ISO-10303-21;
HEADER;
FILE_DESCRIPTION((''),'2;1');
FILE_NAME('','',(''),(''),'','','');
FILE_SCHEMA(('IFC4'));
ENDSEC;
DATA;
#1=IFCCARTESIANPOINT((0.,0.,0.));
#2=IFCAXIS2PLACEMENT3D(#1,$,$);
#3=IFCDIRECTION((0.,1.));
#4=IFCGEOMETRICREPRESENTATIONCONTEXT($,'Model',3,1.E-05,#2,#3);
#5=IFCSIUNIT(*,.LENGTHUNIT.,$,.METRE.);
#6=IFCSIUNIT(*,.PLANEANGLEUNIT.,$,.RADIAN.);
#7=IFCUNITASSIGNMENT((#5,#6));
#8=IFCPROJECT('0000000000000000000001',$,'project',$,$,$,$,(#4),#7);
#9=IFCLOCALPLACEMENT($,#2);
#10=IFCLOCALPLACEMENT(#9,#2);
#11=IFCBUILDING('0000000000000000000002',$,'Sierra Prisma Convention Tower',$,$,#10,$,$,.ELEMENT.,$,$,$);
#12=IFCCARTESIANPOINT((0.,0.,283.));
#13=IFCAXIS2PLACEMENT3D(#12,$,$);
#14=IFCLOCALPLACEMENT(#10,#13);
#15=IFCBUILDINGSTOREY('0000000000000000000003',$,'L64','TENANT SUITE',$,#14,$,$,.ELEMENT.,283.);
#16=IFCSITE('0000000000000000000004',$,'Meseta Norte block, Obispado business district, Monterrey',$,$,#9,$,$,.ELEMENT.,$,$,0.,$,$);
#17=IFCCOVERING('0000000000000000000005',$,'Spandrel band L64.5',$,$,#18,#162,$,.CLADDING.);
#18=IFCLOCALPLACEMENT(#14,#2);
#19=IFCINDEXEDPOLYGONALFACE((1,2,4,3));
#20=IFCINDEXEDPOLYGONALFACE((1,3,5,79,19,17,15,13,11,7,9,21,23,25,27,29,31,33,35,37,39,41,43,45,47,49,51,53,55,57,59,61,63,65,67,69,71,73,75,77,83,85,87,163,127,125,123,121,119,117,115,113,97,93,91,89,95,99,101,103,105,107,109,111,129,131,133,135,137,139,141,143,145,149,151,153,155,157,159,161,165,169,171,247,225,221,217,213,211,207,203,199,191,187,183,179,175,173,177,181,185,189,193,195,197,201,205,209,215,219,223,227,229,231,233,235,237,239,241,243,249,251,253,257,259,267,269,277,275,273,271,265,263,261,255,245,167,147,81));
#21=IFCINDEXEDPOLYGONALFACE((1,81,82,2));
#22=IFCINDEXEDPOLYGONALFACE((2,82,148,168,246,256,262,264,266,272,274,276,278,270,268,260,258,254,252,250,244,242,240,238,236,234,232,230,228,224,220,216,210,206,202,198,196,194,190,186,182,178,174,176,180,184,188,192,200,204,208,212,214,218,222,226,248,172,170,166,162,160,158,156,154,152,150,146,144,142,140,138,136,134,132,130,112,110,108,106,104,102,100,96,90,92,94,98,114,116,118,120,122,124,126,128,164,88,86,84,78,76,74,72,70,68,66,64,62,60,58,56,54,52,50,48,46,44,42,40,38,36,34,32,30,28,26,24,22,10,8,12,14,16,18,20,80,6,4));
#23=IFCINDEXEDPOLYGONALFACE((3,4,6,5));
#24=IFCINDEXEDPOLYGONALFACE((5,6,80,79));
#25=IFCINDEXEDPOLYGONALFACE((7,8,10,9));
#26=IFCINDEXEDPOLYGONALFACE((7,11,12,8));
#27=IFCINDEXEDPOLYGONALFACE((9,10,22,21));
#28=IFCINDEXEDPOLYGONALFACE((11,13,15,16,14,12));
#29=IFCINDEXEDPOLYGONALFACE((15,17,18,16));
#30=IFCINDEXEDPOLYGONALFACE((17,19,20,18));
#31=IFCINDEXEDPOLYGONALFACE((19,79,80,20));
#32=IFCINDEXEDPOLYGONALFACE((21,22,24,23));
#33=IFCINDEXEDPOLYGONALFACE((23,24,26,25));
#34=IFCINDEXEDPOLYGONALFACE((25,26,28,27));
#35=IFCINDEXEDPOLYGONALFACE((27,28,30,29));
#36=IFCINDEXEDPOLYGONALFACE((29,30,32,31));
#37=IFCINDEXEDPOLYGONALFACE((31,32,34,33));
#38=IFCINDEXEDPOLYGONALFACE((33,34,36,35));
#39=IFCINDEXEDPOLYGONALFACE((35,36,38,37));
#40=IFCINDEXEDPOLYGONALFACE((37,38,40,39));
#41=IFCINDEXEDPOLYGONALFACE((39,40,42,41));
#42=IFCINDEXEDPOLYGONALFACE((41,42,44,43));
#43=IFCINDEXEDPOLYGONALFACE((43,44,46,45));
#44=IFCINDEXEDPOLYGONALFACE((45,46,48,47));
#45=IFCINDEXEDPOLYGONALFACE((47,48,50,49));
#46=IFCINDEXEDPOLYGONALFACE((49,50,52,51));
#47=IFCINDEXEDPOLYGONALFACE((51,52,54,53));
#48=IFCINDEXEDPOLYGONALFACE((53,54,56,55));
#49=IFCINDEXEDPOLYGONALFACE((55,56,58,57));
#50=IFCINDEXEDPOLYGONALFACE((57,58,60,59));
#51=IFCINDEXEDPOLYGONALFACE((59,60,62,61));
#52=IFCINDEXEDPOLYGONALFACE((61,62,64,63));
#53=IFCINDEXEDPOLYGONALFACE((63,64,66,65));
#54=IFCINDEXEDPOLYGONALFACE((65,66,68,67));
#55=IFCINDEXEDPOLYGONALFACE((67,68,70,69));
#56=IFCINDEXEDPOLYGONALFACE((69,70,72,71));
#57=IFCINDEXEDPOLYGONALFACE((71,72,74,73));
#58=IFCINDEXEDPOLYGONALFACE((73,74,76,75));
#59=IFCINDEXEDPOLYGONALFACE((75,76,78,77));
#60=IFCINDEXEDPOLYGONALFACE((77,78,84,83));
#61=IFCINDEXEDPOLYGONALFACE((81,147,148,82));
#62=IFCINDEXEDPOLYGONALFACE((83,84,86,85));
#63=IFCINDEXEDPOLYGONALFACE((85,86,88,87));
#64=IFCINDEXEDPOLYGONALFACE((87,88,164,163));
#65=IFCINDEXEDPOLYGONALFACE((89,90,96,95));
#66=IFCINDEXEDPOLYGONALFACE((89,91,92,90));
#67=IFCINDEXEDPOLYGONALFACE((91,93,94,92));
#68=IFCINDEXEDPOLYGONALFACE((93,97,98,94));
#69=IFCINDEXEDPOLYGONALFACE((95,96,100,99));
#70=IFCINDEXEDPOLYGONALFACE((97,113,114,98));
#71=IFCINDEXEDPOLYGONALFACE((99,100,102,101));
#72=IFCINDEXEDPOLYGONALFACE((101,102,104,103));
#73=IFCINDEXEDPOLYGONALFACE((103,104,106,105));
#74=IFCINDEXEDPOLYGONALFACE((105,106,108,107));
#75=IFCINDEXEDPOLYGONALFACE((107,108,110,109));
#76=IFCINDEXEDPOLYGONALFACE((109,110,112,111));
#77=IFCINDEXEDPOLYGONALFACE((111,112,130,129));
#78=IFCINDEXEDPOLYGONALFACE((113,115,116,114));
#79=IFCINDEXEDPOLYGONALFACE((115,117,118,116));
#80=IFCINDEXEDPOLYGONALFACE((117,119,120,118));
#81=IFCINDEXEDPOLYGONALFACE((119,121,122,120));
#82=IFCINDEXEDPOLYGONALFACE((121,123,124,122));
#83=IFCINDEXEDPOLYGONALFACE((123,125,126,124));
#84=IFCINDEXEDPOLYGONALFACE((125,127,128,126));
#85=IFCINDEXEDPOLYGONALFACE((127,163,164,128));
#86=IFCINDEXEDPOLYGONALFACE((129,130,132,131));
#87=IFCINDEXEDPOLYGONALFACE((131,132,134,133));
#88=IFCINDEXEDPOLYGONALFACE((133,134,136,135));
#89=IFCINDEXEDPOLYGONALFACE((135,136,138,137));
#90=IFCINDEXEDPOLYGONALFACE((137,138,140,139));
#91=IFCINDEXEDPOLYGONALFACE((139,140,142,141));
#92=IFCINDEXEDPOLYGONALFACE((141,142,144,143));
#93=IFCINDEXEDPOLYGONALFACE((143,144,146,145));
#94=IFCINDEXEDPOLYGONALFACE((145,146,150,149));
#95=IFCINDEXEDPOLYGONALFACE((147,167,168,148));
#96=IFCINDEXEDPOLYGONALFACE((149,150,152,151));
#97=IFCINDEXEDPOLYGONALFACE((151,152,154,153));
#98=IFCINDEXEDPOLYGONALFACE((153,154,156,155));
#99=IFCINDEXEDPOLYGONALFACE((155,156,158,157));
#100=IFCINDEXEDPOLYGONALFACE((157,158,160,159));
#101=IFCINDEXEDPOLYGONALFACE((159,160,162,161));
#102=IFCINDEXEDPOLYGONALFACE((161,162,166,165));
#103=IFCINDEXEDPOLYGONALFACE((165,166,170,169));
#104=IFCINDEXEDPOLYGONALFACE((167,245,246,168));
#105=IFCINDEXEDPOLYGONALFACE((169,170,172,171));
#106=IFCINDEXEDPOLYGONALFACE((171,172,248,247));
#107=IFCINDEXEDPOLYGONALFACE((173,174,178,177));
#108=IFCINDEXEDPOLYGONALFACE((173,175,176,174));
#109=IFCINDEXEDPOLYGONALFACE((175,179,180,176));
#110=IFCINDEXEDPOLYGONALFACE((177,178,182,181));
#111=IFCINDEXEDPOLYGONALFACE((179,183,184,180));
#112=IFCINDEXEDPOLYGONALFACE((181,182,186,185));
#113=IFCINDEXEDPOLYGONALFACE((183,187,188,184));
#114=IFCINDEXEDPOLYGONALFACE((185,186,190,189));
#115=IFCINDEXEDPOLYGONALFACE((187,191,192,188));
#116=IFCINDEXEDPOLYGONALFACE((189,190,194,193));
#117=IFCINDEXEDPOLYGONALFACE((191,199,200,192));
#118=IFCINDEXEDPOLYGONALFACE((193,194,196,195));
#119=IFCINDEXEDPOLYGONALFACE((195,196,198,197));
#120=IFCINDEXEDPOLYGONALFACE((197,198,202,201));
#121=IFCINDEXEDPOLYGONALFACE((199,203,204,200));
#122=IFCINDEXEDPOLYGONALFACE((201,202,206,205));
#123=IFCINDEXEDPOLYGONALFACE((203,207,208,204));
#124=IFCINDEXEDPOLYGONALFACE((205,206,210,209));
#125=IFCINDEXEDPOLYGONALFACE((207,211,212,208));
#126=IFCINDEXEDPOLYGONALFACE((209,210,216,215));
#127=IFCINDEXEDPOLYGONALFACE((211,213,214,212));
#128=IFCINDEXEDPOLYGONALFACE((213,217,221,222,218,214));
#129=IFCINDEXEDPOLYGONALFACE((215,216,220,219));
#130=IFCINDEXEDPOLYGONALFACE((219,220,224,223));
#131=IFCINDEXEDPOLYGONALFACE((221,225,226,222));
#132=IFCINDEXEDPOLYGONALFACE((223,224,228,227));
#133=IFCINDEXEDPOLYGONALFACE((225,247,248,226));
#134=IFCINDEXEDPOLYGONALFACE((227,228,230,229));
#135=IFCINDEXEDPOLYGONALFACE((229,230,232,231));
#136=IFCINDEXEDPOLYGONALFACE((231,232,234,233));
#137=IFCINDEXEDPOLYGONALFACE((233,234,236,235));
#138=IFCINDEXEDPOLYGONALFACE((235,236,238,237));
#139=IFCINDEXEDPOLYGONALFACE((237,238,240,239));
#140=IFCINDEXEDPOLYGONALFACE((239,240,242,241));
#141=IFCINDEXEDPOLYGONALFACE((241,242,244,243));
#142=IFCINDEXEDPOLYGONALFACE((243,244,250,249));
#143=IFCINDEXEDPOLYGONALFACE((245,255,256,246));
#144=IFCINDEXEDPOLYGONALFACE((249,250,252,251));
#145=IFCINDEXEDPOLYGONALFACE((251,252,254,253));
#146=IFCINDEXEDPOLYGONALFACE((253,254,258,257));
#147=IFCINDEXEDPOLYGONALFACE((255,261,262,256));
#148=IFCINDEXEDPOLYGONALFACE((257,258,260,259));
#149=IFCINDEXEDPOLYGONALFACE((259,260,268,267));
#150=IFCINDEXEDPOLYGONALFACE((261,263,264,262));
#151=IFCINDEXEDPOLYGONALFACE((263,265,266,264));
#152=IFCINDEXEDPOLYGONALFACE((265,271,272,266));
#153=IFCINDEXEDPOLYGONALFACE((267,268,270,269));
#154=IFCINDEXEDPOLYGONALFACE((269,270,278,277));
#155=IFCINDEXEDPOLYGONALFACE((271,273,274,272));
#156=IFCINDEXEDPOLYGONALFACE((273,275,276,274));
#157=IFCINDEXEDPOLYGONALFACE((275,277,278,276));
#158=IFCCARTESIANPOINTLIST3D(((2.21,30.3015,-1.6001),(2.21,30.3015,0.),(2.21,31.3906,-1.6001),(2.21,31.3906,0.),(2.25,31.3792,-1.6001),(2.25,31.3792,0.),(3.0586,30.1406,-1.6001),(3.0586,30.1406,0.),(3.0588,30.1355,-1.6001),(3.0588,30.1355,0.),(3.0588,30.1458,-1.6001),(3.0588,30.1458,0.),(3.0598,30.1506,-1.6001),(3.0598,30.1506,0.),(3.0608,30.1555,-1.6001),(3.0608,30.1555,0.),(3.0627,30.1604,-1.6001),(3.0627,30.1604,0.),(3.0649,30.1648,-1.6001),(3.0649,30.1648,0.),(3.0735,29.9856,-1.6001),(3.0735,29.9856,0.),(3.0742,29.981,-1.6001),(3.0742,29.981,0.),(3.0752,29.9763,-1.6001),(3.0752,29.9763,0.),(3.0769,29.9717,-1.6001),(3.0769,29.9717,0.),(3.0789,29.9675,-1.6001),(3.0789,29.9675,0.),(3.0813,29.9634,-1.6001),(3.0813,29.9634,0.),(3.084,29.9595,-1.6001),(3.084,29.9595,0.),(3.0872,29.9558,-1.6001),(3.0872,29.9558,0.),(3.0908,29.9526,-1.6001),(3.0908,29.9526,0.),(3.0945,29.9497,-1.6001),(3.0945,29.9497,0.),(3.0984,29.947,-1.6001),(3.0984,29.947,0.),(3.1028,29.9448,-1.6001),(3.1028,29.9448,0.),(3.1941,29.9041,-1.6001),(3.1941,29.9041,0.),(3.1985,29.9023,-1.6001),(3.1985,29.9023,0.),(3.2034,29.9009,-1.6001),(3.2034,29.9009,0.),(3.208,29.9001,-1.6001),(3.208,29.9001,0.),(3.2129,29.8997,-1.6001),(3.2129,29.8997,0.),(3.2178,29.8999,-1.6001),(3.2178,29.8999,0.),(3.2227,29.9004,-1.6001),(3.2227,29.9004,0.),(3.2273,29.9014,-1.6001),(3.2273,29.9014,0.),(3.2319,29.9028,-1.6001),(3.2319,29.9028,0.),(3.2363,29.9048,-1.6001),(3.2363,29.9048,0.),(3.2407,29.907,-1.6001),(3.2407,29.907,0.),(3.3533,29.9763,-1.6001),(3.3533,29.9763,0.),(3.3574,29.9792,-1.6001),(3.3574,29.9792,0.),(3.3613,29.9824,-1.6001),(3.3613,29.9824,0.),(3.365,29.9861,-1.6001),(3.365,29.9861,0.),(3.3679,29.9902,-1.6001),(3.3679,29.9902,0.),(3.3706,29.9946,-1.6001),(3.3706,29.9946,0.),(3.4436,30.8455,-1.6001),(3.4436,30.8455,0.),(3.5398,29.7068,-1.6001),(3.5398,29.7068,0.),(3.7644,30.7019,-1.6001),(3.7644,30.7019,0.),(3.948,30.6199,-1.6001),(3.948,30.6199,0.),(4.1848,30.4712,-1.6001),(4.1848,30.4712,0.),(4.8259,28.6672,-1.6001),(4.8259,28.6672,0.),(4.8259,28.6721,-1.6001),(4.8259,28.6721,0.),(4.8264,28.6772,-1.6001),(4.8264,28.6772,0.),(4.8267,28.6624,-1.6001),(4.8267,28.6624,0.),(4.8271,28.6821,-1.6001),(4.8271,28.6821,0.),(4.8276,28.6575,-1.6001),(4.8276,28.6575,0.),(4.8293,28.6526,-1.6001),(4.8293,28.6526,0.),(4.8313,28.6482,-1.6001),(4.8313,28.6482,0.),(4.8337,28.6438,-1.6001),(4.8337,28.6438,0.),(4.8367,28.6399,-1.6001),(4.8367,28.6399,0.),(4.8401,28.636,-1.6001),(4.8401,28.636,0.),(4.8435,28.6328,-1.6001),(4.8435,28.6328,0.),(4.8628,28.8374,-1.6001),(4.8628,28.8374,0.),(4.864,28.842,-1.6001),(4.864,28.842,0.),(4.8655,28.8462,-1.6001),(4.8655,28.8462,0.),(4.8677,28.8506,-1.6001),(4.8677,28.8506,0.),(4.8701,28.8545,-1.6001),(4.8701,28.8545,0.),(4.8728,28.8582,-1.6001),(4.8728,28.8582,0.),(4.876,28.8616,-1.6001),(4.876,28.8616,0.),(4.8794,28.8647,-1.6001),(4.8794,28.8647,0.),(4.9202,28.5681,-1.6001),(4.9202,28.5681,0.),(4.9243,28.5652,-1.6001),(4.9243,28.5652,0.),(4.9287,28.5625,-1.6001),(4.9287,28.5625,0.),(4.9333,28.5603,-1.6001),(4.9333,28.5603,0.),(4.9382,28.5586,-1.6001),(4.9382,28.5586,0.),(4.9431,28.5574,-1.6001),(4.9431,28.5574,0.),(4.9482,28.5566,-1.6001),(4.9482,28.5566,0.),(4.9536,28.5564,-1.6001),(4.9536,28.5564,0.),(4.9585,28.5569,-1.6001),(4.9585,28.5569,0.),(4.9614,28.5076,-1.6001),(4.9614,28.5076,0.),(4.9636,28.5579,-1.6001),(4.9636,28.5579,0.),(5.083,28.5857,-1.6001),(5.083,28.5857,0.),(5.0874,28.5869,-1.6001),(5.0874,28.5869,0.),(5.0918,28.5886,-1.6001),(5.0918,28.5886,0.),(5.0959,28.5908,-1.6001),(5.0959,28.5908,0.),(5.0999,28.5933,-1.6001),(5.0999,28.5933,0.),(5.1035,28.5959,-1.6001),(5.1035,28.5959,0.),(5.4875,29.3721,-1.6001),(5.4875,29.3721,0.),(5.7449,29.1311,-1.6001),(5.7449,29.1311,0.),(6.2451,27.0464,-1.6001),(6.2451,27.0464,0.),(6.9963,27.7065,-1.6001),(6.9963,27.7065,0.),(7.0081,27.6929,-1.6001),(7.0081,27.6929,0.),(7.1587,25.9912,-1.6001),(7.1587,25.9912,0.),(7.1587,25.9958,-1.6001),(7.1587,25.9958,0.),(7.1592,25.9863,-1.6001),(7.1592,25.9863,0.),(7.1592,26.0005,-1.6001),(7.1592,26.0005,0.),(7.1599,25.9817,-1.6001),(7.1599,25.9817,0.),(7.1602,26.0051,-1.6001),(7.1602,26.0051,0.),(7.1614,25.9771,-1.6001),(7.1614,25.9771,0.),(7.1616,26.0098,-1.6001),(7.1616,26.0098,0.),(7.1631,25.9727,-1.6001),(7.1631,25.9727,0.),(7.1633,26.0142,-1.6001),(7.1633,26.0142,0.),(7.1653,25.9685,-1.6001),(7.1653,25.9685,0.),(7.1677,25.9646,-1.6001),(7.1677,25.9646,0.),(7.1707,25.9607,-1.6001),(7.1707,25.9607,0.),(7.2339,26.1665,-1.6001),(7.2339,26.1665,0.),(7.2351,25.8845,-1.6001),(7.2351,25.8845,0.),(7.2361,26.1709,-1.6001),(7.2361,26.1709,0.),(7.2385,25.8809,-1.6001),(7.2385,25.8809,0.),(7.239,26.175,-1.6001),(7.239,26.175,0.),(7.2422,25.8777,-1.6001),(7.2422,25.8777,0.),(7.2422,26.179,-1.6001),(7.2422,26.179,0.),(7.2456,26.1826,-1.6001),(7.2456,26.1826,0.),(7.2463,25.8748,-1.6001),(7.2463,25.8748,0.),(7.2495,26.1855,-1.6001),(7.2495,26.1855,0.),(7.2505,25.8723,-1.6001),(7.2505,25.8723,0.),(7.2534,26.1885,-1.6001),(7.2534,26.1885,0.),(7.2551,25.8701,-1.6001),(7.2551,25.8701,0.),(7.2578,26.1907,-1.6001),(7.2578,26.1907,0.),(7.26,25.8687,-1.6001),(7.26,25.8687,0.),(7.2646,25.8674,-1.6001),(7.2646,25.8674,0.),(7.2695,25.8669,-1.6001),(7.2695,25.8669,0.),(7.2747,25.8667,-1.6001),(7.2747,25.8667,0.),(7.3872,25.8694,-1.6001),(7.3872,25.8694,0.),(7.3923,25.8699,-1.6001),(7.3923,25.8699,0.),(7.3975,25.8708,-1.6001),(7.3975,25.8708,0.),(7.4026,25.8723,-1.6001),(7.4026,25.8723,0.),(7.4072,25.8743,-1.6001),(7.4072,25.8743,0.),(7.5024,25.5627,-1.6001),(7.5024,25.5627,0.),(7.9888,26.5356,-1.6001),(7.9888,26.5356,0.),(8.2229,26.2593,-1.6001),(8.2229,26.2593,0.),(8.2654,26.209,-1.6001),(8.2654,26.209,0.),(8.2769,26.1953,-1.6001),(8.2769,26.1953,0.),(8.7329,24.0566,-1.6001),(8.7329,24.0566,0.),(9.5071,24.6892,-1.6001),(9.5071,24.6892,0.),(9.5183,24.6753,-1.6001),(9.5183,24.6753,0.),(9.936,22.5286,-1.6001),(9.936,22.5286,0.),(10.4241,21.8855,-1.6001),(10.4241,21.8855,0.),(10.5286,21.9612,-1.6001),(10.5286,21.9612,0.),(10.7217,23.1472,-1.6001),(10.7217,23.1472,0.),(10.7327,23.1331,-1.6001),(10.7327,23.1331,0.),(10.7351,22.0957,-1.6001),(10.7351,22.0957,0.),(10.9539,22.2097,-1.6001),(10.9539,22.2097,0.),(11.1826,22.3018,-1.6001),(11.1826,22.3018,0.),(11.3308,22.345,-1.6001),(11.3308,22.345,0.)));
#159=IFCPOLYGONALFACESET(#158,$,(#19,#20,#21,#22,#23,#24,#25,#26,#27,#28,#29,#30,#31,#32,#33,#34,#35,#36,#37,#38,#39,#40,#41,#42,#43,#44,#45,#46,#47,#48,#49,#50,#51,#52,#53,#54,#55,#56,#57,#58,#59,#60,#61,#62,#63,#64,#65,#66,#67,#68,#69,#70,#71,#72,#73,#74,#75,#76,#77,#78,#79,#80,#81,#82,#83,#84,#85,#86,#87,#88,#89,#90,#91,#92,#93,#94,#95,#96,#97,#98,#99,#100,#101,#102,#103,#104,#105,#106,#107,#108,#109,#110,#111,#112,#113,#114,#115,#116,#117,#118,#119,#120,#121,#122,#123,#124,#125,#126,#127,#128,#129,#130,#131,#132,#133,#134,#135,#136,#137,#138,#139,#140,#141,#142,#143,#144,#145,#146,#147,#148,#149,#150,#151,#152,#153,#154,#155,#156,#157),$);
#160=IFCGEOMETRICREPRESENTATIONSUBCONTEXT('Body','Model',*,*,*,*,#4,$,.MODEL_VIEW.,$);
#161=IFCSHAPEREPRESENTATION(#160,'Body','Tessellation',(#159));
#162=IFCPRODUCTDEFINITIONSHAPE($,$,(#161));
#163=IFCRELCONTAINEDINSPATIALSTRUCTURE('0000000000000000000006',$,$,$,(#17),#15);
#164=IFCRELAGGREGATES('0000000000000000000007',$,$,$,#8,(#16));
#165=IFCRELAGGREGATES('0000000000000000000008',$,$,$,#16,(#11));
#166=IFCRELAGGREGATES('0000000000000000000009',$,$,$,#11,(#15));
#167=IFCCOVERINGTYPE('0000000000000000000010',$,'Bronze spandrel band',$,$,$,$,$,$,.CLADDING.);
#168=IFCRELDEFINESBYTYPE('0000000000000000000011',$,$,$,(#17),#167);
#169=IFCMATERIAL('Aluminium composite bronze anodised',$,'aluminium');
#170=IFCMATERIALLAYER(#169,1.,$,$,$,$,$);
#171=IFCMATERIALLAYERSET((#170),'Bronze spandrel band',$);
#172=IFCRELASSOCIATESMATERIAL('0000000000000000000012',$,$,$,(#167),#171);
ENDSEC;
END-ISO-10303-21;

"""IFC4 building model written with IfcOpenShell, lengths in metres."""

from ifc_helpers import new_model, si_unit, direction, frame, origin, place, context, subcontext, project, spatial, polyline, outline, extrude, material, layer, layer_set, type_object, element, save


model = new_model("IFC4")

# Units and contexts
model_context = context("Model", 3, precision=1e-05, world=origin(), true_north=direction((0.0, 1.0)))
body_context = subcontext(model_context, "Body", "Model", "MODEL_VIEW")
ifc_project = project(units=[si_unit("LENGTHUNIT", "METRE"), si_unit("PLANEANGLEUNIT", "RADIAN")], contexts=[model_context])

# Site, building, storey
site_placement = place(None, origin())
site = spatial("IfcSite", under=ifc_project, at=site_placement, Name="Meseta Norte block, Obispado business district, Monterrey", CompositionType="ELEMENT", RefElevation=0.0)
building_placement = place(site_placement, origin())
building = spatial("IfcBuilding", under=site, at=building_placement, Name="Sierra Prisma Convention Tower", CompositionType="ELEMENT")
storey_placement = place(building_placement, frame((0.0, 0.0, 283.0)))
storey = spatial("IfcBuildingStorey", under=building, at=storey_placement, Name="L64", Description="TENANT SUITE", CompositionType="ELEMENT", Elevation=283.0)

# Covering
ifc_material_1 = material(Name="Aluminium composite bronze anodised", Category="aluminium")
ifc_layer_1 = layer(ifc_material_1, 1.0)
ifc_layer_set_1 = layer_set([ifc_layer_1], Name="Bronze spandrel band")
covering_type_1 = type_object("IfcCoveringType", Name="Bronze spandrel band", PredefinedType="CLADDING", material=ifc_layer_set_1)
covering_1_placement = place(storey_placement, frame((0.0, 0.0, -1.6001)))
element("IfcCovering", 1, at=covering_1_placement, inside=storey, type_object=covering_type_1, Name="Spandrel band L64.5", PredefinedType="CLADDING", context=body_context, shape_type="SweptSolid", body=[
    extrude(outline(polyline([(3.0649, 30.1648), (3.0627, 30.1604), (3.0608, 30.1555), (3.0598, 30.1506), (3.0588, 30.1458), (3.0586, 30.1406), (3.0588, 30.1355), (3.0735, 29.9856), (3.0742, 29.981), (3.0752, 29.9763), (3.0769, 29.9717), (3.0789, 29.9675), (3.0813, 29.9634), (3.084, 29.9595), (3.0872, 29.9558), (3.0908, 29.9526), (3.0945, 29.9497), (3.0984, 29.947), (3.1028, 29.9448), (3.1941, 29.9041), (3.1985, 29.9023), (3.2034, 29.9009), (3.208, 29.9001), (3.2129, 29.8997), (3.2178, 29.8999), (3.2227, 29.9004), (3.2273, 29.9014), (3.2319, 29.9028), (3.2363, 29.9048), (3.2407, 29.907), (3.3533, 29.9763), (3.3574, 29.9792), (3.3613, 29.9824), (3.365, 29.9861), (3.3679, 29.9902), (3.3706, 29.9946), (3.7644, 30.7019), (3.948, 30.6199), (4.1848, 30.4712), (5.4875, 29.3721), (4.8794, 28.8647), (4.876, 28.8616), (4.8728, 28.8582), (4.8701, 28.8545), (4.8677, 28.8506), (4.8655, 28.8462), (4.864, 28.842), (4.8628, 28.8374), (4.8271, 28.6821), (4.8264, 28.6772), (4.8259, 28.6721), (4.8259, 28.6672), (4.8267, 28.6624), (4.8276, 28.6575), (4.8293, 28.6526), (4.8313, 28.6482), (4.8337, 28.6438), (4.8367, 28.6399), (4.8401, 28.636), (4.8435, 28.6328), (4.9202, 28.5681), (4.9243, 28.5652), (4.9287, 28.5625), (4.9333, 28.5603), (4.9382, 28.5586), (4.9431, 28.5574), (4.9482, 28.5566), (4.9536, 28.5564), (4.9585, 28.5569), (4.9636, 28.5579), (5.083, 28.5857), (5.0874, 28.5869), (5.0918, 28.5886), (5.0959, 28.5908), (5.0999, 28.5933), (5.1035, 28.5959), (5.7449, 29.1311), (6.9963, 27.7065), (7.0081, 27.6929), (7.9888, 26.5356), (7.2578, 26.1907), (7.2534, 26.1885), (7.2495, 26.1855), (7.2456, 26.1826), (7.2422, 26.179), (7.239, 26.175), (7.2361, 26.1709), (7.2339, 26.1665), (7.1633, 26.0142), (7.1616, 26.0098), (7.1602, 26.0051), (7.1592, 26.0005), (7.1587, 25.9958), (7.1587, 25.9912), (7.1592, 25.9863), (7.1599, 25.9817), (7.1614, 25.9771), (7.1631, 25.9727), (7.1653, 25.9685), (7.1677, 25.9646), (7.1707, 25.9607), (7.2351, 25.8845), (7.2385, 25.8809), (7.2422, 25.8777), (7.2463, 25.8748), (7.2505, 25.8723), (7.2551, 25.8701), (7.26, 25.8687), (7.2646, 25.8674), (7.2695, 25.8669), (7.2747, 25.8667), (7.3872, 25.8694), (7.3923, 25.8699), (7.3975, 25.8708), (7.4026, 25.8723), (7.4072, 25.8743), (8.2229, 26.2593), (8.2654, 26.209), (8.2769, 26.1953), (9.5071, 24.6892), (9.5183, 24.6753), (10.7217, 23.1472), (10.7327, 23.1331), (11.3308, 22.345), (11.1826, 22.3018), (10.9539, 22.2097), (10.7351, 22.0957), (10.5286, 21.9612), (10.4241, 21.8855), (9.936, 22.5286), (8.7329, 24.0566), (7.5024, 25.5627), (6.2451, 27.0464), (4.9614, 28.5076), (3.5398, 29.7068), (2.21, 30.3015), (2.21, 31.3906), (2.25, 31.3792), (3.4436, 30.8455), (3.0649, 30.1648)])), origin(), (0.0, 0.0, 1.0), 1.6001),
])

save(model, "model.ifc")
